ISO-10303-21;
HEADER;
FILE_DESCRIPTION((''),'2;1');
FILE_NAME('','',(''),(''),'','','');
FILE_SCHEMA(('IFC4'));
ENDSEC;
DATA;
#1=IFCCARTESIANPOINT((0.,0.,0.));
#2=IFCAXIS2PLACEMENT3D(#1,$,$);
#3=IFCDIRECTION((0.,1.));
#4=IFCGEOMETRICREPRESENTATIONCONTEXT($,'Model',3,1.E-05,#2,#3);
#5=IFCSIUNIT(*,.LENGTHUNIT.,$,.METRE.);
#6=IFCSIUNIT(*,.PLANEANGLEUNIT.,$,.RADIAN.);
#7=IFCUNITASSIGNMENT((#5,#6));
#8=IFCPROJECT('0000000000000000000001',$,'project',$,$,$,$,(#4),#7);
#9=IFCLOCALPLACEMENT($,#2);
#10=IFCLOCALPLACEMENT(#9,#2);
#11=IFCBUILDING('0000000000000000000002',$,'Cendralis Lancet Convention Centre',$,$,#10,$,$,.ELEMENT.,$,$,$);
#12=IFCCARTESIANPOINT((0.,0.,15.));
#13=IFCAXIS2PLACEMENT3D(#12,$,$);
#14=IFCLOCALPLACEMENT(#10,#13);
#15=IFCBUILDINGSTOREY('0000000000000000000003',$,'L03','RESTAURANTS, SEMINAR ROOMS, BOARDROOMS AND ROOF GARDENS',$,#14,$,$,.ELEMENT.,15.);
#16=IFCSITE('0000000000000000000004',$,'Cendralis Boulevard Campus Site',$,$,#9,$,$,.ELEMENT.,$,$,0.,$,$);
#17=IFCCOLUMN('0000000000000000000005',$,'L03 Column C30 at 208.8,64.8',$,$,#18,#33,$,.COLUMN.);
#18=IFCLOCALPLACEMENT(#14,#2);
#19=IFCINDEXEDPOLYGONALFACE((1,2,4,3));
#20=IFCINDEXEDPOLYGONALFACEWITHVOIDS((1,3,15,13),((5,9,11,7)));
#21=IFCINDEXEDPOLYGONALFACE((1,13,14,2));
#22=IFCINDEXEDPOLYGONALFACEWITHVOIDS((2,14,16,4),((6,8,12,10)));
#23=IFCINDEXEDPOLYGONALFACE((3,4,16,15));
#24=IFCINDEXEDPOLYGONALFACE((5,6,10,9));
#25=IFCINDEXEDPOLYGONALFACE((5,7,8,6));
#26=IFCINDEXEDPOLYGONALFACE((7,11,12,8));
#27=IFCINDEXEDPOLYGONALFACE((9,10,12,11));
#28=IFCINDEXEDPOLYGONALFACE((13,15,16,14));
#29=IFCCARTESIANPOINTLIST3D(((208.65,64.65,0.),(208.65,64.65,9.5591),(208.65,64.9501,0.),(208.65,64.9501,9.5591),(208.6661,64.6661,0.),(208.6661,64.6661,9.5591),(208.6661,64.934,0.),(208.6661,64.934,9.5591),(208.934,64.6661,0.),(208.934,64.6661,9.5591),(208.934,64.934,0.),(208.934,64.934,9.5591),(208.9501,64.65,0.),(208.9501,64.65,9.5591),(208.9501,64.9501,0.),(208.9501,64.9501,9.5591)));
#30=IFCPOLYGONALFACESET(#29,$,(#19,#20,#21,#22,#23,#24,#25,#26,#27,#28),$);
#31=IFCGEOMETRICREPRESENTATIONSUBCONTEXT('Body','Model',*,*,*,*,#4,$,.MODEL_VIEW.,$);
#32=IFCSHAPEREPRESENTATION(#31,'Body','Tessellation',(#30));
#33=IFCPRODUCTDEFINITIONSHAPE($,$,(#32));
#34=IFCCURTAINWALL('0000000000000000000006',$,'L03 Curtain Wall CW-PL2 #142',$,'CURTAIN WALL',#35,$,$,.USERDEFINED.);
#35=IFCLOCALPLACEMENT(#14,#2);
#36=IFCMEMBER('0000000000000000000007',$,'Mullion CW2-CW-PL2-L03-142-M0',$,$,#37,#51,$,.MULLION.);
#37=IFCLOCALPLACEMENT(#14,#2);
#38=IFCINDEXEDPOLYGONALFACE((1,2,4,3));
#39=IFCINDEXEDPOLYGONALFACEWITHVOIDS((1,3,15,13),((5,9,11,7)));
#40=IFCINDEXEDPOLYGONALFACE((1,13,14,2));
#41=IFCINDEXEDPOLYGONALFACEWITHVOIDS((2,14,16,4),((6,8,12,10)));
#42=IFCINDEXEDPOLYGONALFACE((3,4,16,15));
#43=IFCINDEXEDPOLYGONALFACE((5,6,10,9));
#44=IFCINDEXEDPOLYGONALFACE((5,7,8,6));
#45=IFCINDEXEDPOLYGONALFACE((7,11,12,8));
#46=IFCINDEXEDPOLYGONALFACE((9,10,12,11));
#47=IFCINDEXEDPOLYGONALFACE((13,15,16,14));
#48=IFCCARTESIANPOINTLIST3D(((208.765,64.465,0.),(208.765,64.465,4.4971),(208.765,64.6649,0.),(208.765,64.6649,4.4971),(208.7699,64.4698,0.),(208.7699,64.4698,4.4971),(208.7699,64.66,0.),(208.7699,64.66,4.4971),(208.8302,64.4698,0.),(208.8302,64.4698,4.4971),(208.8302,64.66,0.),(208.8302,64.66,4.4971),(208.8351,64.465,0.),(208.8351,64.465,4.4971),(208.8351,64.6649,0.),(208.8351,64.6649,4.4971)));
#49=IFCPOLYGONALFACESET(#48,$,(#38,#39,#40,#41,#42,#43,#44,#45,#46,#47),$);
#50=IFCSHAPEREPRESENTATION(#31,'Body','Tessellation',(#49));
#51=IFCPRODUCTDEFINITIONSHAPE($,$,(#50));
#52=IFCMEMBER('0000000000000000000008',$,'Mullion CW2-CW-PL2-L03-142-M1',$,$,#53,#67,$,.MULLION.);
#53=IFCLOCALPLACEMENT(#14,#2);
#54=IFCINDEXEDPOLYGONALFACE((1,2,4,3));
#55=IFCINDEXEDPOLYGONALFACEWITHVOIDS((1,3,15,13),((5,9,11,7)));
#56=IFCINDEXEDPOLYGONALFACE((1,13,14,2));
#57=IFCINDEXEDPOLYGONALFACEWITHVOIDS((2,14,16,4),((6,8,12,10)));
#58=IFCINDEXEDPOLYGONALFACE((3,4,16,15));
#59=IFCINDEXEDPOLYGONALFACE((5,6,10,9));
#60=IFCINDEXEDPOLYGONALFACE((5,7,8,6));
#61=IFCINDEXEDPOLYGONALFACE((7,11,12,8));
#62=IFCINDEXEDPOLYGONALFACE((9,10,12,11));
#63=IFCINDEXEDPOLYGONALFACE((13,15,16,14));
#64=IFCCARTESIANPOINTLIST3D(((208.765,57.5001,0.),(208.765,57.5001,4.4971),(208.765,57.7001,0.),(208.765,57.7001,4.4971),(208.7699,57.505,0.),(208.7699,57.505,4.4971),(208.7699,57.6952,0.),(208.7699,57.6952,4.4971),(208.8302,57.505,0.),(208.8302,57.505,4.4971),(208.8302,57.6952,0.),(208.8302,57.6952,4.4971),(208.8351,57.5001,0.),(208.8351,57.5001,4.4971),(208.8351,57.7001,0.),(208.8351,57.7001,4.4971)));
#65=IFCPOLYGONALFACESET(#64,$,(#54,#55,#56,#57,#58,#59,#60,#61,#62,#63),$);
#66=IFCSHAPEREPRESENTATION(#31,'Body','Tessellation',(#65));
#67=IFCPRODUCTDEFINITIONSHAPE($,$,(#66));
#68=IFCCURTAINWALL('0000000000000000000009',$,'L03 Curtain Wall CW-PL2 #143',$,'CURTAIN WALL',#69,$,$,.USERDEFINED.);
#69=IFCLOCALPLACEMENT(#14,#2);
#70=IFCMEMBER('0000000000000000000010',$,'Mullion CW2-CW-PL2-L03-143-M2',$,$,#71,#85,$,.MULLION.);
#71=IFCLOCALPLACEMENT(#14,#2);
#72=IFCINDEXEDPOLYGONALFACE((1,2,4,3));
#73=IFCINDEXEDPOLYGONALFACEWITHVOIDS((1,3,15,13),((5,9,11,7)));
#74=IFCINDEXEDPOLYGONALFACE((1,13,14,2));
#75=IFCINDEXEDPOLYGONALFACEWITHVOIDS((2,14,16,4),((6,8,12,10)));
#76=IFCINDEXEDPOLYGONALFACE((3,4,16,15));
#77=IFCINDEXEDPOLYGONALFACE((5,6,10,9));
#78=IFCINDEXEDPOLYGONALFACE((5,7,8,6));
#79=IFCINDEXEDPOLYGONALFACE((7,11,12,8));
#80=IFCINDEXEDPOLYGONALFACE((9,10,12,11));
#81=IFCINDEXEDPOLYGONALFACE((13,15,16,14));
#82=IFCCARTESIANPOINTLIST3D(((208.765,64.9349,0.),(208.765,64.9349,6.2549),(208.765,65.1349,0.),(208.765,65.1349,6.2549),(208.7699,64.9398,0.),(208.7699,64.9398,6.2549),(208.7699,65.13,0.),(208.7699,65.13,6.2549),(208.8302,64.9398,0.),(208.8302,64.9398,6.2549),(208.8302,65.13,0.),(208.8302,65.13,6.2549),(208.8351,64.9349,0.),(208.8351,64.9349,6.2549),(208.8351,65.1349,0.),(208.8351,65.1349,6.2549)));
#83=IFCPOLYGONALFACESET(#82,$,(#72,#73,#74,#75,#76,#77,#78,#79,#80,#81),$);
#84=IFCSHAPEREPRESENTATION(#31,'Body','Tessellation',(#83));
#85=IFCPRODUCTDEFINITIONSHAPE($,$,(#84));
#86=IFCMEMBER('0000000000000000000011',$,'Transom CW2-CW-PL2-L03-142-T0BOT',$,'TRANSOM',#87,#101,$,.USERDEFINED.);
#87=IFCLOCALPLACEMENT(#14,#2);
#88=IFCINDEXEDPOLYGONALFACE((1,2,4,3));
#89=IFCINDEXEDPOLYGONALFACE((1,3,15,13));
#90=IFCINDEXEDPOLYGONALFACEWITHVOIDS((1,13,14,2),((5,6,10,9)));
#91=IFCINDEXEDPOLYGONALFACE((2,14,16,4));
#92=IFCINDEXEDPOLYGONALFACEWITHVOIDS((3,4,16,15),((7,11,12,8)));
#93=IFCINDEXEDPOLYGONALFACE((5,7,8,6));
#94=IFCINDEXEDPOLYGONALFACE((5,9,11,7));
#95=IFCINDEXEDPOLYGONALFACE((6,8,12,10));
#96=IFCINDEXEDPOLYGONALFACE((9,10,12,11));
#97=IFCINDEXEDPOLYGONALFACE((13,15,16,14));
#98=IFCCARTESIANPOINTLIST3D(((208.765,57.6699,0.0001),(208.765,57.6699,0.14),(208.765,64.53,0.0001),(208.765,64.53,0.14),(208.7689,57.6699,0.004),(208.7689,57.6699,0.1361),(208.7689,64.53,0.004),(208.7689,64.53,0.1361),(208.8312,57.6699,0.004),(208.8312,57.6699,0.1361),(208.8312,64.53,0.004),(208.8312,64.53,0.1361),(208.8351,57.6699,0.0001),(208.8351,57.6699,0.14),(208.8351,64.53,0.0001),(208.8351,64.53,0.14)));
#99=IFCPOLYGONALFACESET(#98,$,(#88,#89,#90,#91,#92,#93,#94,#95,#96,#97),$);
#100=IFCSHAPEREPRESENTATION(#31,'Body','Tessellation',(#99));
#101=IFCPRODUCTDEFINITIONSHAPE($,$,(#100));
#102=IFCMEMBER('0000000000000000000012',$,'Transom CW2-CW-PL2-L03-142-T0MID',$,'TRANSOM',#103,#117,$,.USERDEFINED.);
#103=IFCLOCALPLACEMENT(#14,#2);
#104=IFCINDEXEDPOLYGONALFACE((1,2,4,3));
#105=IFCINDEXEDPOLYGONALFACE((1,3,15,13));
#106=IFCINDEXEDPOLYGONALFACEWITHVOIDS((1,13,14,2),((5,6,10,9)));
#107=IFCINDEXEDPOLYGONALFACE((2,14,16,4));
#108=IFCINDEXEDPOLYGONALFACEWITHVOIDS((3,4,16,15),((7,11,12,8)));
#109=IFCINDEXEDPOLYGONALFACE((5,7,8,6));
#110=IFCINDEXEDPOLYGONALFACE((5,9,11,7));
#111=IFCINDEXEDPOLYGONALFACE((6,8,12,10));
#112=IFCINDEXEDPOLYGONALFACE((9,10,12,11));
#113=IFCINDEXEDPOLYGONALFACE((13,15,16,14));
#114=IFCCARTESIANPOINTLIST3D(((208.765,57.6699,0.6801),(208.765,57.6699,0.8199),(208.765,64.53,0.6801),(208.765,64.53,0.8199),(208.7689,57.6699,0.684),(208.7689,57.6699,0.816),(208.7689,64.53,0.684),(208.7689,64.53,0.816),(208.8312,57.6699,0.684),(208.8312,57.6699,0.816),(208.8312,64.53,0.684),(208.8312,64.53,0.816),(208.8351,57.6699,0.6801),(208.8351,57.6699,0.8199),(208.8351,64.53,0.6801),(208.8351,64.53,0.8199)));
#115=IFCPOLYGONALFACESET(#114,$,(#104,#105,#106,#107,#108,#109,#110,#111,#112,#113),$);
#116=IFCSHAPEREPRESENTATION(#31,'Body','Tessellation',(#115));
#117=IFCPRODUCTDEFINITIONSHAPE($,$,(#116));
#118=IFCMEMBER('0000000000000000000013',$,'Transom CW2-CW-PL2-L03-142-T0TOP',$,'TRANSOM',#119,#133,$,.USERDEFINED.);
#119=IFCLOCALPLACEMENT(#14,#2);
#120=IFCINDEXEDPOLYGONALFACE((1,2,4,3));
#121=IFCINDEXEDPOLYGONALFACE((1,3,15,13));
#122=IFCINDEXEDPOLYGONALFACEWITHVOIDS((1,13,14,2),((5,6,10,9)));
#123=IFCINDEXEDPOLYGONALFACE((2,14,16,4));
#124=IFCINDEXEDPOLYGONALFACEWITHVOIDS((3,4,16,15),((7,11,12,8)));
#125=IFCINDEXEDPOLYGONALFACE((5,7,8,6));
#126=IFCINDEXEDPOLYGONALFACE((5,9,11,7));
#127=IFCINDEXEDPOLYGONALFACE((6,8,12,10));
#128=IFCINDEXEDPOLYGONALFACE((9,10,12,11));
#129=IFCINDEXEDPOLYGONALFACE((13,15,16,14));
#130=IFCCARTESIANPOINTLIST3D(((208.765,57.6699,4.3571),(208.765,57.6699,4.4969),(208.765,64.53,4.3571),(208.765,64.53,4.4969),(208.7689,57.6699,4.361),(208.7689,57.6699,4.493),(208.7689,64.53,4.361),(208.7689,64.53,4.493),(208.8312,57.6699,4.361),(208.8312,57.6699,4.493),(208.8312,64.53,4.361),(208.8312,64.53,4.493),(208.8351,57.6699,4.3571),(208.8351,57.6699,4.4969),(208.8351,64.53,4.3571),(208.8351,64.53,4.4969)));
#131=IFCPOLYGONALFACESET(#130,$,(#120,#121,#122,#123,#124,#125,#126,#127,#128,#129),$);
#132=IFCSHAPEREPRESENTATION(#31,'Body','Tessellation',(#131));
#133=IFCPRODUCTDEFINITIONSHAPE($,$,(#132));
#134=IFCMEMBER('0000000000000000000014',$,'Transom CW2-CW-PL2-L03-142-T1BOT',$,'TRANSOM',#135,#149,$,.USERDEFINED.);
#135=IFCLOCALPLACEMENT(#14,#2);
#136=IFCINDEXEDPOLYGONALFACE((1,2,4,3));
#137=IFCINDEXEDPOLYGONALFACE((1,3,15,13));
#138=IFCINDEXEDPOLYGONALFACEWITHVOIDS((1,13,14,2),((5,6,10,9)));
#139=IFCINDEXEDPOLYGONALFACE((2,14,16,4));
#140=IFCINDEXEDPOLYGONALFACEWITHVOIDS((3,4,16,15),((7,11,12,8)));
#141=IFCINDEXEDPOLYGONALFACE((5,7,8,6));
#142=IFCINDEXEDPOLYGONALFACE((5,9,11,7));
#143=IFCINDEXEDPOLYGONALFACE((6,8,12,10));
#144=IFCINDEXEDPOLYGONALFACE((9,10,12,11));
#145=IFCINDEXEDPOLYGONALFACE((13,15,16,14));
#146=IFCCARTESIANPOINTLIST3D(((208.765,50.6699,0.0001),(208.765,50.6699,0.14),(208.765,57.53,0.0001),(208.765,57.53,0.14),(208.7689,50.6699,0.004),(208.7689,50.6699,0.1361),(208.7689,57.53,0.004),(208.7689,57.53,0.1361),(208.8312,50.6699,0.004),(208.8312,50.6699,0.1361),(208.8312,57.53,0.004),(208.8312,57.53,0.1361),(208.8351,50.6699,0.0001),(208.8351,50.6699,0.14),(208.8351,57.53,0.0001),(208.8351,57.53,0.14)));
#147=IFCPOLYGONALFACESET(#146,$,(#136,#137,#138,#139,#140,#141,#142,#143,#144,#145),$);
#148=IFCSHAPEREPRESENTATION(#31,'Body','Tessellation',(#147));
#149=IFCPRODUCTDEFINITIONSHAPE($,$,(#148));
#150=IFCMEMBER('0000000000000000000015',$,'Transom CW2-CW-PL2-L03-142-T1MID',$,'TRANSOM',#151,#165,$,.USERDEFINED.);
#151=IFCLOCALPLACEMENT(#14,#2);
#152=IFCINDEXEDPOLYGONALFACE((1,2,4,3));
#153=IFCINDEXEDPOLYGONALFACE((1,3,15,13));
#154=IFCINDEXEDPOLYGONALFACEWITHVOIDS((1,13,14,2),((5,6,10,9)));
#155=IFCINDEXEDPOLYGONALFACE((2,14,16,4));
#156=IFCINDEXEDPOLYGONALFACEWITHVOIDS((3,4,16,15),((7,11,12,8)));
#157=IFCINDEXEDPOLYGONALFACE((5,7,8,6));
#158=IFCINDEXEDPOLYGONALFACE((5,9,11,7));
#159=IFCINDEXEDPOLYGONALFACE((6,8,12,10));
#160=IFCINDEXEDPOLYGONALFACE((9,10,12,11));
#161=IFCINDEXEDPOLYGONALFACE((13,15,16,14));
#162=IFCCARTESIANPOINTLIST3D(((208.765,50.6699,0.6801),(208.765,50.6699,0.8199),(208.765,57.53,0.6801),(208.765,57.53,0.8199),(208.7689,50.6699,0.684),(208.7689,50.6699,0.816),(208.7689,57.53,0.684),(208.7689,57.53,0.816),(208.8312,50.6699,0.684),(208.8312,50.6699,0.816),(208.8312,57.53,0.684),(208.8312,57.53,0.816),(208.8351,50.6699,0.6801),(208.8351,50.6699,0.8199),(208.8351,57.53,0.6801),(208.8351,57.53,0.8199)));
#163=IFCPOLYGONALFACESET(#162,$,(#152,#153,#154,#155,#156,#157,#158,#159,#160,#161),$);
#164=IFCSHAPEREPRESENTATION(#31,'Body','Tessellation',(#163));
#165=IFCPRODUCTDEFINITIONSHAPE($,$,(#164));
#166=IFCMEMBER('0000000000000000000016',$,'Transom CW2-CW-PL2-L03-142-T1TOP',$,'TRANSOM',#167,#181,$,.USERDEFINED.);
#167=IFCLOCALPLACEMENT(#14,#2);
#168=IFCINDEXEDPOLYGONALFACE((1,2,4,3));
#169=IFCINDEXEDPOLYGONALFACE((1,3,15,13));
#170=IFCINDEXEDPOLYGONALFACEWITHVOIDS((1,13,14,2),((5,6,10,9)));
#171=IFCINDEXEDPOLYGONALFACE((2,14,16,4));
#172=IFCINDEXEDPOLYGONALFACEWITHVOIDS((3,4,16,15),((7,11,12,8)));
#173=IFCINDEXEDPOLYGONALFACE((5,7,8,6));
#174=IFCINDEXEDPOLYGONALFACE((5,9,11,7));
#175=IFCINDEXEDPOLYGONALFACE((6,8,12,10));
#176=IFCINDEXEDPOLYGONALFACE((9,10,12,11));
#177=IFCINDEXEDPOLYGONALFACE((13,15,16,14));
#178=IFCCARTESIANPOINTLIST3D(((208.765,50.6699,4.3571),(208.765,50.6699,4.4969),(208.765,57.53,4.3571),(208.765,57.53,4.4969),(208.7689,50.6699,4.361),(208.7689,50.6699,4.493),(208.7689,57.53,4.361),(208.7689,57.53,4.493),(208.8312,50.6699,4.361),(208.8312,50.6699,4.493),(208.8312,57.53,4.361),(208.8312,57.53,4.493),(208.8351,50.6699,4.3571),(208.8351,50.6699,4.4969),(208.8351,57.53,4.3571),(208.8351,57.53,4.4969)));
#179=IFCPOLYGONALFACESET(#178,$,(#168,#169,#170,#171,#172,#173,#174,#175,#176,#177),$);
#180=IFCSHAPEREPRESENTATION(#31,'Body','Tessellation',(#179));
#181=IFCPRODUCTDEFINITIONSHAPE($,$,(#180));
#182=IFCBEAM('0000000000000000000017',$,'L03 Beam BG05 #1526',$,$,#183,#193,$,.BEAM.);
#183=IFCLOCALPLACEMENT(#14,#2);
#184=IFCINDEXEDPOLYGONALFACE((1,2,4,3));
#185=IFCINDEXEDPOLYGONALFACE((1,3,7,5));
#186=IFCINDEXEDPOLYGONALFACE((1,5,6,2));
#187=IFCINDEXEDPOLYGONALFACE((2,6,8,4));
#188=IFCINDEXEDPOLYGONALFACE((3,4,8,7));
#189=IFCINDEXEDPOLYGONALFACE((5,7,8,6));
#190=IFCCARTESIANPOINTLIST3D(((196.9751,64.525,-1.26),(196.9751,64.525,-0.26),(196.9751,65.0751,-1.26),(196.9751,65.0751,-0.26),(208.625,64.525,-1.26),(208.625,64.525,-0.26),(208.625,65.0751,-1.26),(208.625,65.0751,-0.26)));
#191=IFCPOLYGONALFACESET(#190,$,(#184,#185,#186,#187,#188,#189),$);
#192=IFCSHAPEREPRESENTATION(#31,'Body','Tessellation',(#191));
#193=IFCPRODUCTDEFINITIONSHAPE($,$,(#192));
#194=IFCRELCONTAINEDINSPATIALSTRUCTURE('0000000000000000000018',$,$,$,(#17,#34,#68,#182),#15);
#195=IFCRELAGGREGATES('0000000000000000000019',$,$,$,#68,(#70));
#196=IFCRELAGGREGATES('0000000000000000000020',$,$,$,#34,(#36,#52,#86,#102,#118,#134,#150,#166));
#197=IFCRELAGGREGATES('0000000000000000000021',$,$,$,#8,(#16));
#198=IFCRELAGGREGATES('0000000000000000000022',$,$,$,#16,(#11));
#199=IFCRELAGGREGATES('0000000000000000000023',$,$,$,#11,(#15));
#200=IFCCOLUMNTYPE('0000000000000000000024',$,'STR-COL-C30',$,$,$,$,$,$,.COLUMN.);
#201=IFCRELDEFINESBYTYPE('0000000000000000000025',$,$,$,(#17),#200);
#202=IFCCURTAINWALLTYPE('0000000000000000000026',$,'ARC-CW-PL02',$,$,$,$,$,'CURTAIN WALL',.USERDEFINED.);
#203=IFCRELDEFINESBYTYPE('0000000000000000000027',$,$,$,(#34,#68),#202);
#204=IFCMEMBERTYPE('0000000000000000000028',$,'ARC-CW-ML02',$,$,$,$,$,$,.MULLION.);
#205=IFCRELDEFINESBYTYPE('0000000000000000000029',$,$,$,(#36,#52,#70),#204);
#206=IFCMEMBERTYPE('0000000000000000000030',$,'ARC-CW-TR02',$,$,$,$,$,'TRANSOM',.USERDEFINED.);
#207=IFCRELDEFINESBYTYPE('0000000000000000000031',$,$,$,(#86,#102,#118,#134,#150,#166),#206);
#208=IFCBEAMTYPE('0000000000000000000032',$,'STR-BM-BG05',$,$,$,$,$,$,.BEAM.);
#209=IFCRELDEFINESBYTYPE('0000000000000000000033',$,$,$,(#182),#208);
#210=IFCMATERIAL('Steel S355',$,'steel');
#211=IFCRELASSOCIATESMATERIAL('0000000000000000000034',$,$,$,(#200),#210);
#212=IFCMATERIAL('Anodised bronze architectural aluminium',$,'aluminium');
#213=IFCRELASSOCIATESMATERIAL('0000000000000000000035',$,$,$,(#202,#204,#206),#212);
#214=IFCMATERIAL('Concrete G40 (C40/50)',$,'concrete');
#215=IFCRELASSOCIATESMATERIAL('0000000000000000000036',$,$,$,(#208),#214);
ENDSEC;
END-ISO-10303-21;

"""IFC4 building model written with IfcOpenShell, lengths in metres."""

from ifc_helpers import new_model, si_unit, direction, frame, origin, origin_2d, place, context, subcontext, project, spatial, rectangle, hollow_rectangle, extrude, material, material_profile, profile_set, type_object, element, aggregate, save


model = new_model("IFC4")

# Units and contexts
model_context = context("Model", 3, precision=1e-05, world=origin(), true_north=direction((0.0, 1.0)))
body_context = subcontext(model_context, "Body", "Model", "MODEL_VIEW")
ifc_project = project(units=[si_unit("LENGTHUNIT", "METRE"), si_unit("PLANEANGLEUNIT", "RADIAN")], contexts=[model_context])

# Site, building, storey
site_placement = place(None, origin())
site = spatial("IfcSite", under=ifc_project, at=site_placement, Name="Cendralis Boulevard Campus Site", CompositionType="ELEMENT", RefElevation=0.0)
building_placement = place(site_placement, origin())
building = spatial("IfcBuilding", under=site, at=building_placement, Name="Cendralis Lancet Convention Centre", CompositionType="ELEMENT")
storey_placement = place(building_placement, frame((0.0, 0.0, 15.0)))
storey = spatial("IfcBuildingStorey", under=building, at=storey_placement, Name="L03", Description="RESTAURANTS, SEMINAR ROOMS, BOARDROOMS AND ROOF GARDENS", CompositionType="ELEMENT", Elevation=15.0)

# Column
ifc_material_1 = material(Name="Steel S355", Category="steel")
ifc_material_profile_1 = material_profile(ifc_material_1, hollow_rectangle(XDim=0.3, YDim=0.3, WallThickness=0.0161, at=origin_2d()), Name="SHS 300x300x16.0")
ifc_profile_set_1 = profile_set([ifc_material_profile_1], Name="Steel S355")
column_type = type_object("IfcColumnType", Name="STR-COL-C30", PredefinedType="COLUMN", material=ifc_profile_set_1)
column_placement = place(storey_placement, frame((208.8, 64.8, 0.0), z_axis=(0.0, 0.0, 1.0), x_axis=(1.0, 0.0, 0.0)))
element("IfcColumn", 1, at=column_placement, inside=storey, type_object=column_type, Name="L03 Column C30 at 208.8,64.8", PredefinedType="COLUMN", context=body_context, shape_type="SweptSolid", body=[
    extrude(hollow_rectangle(XDim=0.3, YDim=0.3, WallThickness=0.0161, at=origin_2d()), origin(), (0.0, 0.0, 1.0), 9.5591),
])

# Curtain wall, members
ifc_material_2 = material(Name="Anodised bronze architectural aluminium", Category="aluminium")
curtain_wall_type = type_object("IfcCurtainWallType", Name="ARC-CW-PL02", ElementType="CURTAIN WALL", PredefinedType="USERDEFINED", material=ifc_material_2)
curtain_wall_1_placement = place(storey_placement, origin())
curtain_wall_1 = element("IfcCurtainWall", 2, at=curtain_wall_1_placement, inside=storey, type_object=curtain_wall_type, Name="L03 Curtain Wall CW-PL2 #142", ObjectType="CURTAIN WALL", PredefinedType="USERDEFINED")
ifc_material_profile_2 = material_profile(ifc_material_2, hollow_rectangle(XDim=0.0701, YDim=0.2, WallThickness=0.0049, at=origin_2d()), Name="AL-MULL 70x200x5.0")
ifc_profile_set_2 = profile_set([ifc_material_profile_2], Name="Anodised bronze architectural aluminium")
member_type_1 = type_object("IfcMemberType", Name="ARC-CW-ML02", PredefinedType="MULLION", material=ifc_profile_set_2)
member_1_placement = place(storey_placement, frame((208.8, 64.5649, 0.0), z_axis=(0.0, 0.0, 1.0), x_axis=(1.0, 0.0, 0.0)))
member_1 = element("IfcMember", 3, at=member_1_placement, type_object=member_type_1, Name="Mullion CW2-CW-PL2-L03-142-M0", PredefinedType="MULLION", context=body_context, shape_type="SweptSolid", body=[
    extrude(hollow_rectangle(XDim=0.0701, YDim=0.2, WallThickness=0.0049, at=origin_2d()), origin(), (0.0, 0.0, 1.0), 4.4971),
])
member_2_placement = place(storey_placement, frame((208.8, 57.6001, 0.0), z_axis=(0.0, 0.0, 1.0), x_axis=(1.0, 0.0, 0.0)))
member_2 = element("IfcMember", 4, at=member_2_placement, type_object=member_type_1, Name="Mullion CW2-CW-PL2-L03-142-M1", PredefinedType="MULLION", context=body_context, shape_type="SweptSolid", body=[
    extrude(hollow_rectangle(XDim=0.0701, YDim=0.2, WallThickness=0.0049, at=origin_2d()), origin(), (0.0, 0.0, 1.0), 4.4971),
])

# Curtain wall, member
curtain_wall_2_placement = place(storey_placement, origin())
curtain_wall_2 = element("IfcCurtainWall", 5, at=curtain_wall_2_placement, inside=storey, type_object=curtain_wall_type, Name="L03 Curtain Wall CW-PL2 #143", ObjectType="CURTAIN WALL", PredefinedType="USERDEFINED")
member_3_placement = place(storey_placement, frame((208.8, 65.0349, 0.0), z_axis=(0.0, 0.0, 1.0), x_axis=(1.0, 0.0, 0.0)))
member_3 = element("IfcMember", 6, at=member_3_placement, type_object=member_type_1, Name="Mullion CW2-CW-PL2-L03-143-M2", PredefinedType="MULLION", context=body_context, shape_type="SweptSolid", body=[
    extrude(hollow_rectangle(XDim=0.0701, YDim=0.2, WallThickness=0.0049, at=origin_2d()), origin(), (0.0, 0.0, 1.0), 6.2549),
])
aggregate(curtain_wall_2, [member_3])

# Members
ifc_material_profile_3 = material_profile(ifc_material_2, hollow_rectangle(XDim=0.0701, YDim=0.1399, WallThickness=0.0039, at=origin_2d()), Name="AL-TRAN 70x140x4.0")
ifc_profile_set_3 = profile_set([ifc_material_profile_3], Name="Anodised bronze architectural aluminium")
member_type_2 = type_object("IfcMemberType", Name="ARC-CW-TR02", ElementType="TRANSOM", PredefinedType="USERDEFINED", material=ifc_profile_set_3)
member_4_placement = place(storey_placement, frame((208.8, 64.53, 0.0701), z_axis=(0.0, -1.0, 0.0), x_axis=(1.0, 0.0, 0.0)))
member_4 = element("IfcMember", 7, at=member_4_placement, type_object=member_type_2, Name="Transom CW2-CW-PL2-L03-142-T0BOT", ObjectType="TRANSOM", PredefinedType="USERDEFINED", context=body_context, shape_type="SweptSolid", body=[
    extrude(hollow_rectangle(XDim=0.0701, YDim=0.1399, WallThickness=0.0039, at=origin_2d()), origin(), (0.0, 0.0, 1.0), 6.8601),
])
member_5_placement = place(storey_placement, frame((208.8, 64.53, 0.75), z_axis=(0.0, -1.0, 0.0), x_axis=(1.0, 0.0, 0.0)))
member_5 = element("IfcMember", 8, at=member_5_placement, type_object=member_type_2, Name="Transom CW2-CW-PL2-L03-142-T0MID", ObjectType="TRANSOM", PredefinedType="USERDEFINED", context=body_context, shape_type="SweptSolid", body=[
    extrude(hollow_rectangle(XDim=0.0701, YDim=0.1399, WallThickness=0.0039, at=origin_2d()), origin(), (0.0, 0.0, 1.0), 6.8601),
])
member_6_placement = place(storey_placement, frame((208.8, 64.53, 4.427), z_axis=(0.0, -1.0, 0.0), x_axis=(1.0, 0.0, 0.0)))
member_6 = element("IfcMember", 9, at=member_6_placement, type_object=member_type_2, Name="Transom CW2-CW-PL2-L03-142-T0TOP", ObjectType="TRANSOM", PredefinedType="USERDEFINED", context=body_context, shape_type="SweptSolid", body=[
    extrude(hollow_rectangle(XDim=0.0701, YDim=0.1399, WallThickness=0.0039, at=origin_2d()), origin(), (0.0, 0.0, 1.0), 6.8601),
])
member_7_placement = place(storey_placement, frame((208.8, 57.53, 0.0701), z_axis=(0.0, -1.0, 0.0), x_axis=(1.0, 0.0, 0.0)))
member_7 = element("IfcMember", 10, at=member_7_placement, type_object=member_type_2, Name="Transom CW2-CW-PL2-L03-142-T1BOT", ObjectType="TRANSOM", PredefinedType="USERDEFINED", context=body_context, shape_type="SweptSolid", body=[
    extrude(hollow_rectangle(XDim=0.0701, YDim=0.1399, WallThickness=0.0039, at=origin_2d()), origin(), (0.0, 0.0, 1.0), 6.8601),
])
member_8_placement = place(storey_placement, frame((208.8, 57.53, 0.75), z_axis=(0.0, -1.0, 0.0), x_axis=(1.0, 0.0, 0.0)))
member_8 = element("IfcMember", 11, at=member_8_placement, type_object=member_type_2, Name="Transom CW2-CW-PL2-L03-142-T1MID", ObjectType="TRANSOM", PredefinedType="USERDEFINED", context=body_context, shape_type="SweptSolid", body=[
    extrude(hollow_rectangle(XDim=0.0701, YDim=0.1399, WallThickness=0.0039, at=origin_2d()), origin(), (0.0, 0.0, 1.0), 6.8601),
])
member_9_placement = place(storey_placement, frame((208.8, 57.53, 4.427), z_axis=(0.0, -1.0, 0.0), x_axis=(1.0, 0.0, 0.0)))
member_9 = element("IfcMember", 12, at=member_9_placement, type_object=member_type_2, Name="Transom CW2-CW-PL2-L03-142-T1TOP", ObjectType="TRANSOM", PredefinedType="USERDEFINED", context=body_context, shape_type="SweptSolid", body=[
    extrude(hollow_rectangle(XDim=0.0701, YDim=0.1399, WallThickness=0.0039, at=origin_2d()), origin(), (0.0, 0.0, 1.0), 6.8601),
])

# Beam
ifc_material_3 = material(Name="Concrete G40 (C40/50)", Category="concrete")
ifc_material_profile_4 = material_profile(ifc_material_3, rectangle(XDim=0.55, YDim=1.0, at=origin_2d()), Name="RCB 550x1000")
ifc_profile_set_4 = profile_set([ifc_material_profile_4], Name="Concrete G40 (C40/50)")
beam_type_1 = type_object("IfcBeamType", Name="STR-BM-BG05", PredefinedType="BEAM", material=ifc_profile_set_4)
beam_1_placement = place(storey_placement, frame((196.9751, 64.8, -0.76), z_axis=(1.0, 0.0, 0.0), x_axis=(0.0, 1.0, 0.0)))
element("IfcBeam", 13, at=beam_1_placement, inside=storey, type_object=beam_type_1, Name="L03 Beam BG05 #1526", PredefinedType="BEAM", context=body_context, shape_type="SweptSolid", body=[
    extrude(rectangle(XDim=0.55, YDim=1.0, at=origin_2d()), origin(), (0.0, 0.0, 1.0), 11.6499),
])

aggregate(curtain_wall_1, [member_1, member_2, member_4, member_5, member_6, member_7, member_8, member_9])

save(model, "model.ifc")
